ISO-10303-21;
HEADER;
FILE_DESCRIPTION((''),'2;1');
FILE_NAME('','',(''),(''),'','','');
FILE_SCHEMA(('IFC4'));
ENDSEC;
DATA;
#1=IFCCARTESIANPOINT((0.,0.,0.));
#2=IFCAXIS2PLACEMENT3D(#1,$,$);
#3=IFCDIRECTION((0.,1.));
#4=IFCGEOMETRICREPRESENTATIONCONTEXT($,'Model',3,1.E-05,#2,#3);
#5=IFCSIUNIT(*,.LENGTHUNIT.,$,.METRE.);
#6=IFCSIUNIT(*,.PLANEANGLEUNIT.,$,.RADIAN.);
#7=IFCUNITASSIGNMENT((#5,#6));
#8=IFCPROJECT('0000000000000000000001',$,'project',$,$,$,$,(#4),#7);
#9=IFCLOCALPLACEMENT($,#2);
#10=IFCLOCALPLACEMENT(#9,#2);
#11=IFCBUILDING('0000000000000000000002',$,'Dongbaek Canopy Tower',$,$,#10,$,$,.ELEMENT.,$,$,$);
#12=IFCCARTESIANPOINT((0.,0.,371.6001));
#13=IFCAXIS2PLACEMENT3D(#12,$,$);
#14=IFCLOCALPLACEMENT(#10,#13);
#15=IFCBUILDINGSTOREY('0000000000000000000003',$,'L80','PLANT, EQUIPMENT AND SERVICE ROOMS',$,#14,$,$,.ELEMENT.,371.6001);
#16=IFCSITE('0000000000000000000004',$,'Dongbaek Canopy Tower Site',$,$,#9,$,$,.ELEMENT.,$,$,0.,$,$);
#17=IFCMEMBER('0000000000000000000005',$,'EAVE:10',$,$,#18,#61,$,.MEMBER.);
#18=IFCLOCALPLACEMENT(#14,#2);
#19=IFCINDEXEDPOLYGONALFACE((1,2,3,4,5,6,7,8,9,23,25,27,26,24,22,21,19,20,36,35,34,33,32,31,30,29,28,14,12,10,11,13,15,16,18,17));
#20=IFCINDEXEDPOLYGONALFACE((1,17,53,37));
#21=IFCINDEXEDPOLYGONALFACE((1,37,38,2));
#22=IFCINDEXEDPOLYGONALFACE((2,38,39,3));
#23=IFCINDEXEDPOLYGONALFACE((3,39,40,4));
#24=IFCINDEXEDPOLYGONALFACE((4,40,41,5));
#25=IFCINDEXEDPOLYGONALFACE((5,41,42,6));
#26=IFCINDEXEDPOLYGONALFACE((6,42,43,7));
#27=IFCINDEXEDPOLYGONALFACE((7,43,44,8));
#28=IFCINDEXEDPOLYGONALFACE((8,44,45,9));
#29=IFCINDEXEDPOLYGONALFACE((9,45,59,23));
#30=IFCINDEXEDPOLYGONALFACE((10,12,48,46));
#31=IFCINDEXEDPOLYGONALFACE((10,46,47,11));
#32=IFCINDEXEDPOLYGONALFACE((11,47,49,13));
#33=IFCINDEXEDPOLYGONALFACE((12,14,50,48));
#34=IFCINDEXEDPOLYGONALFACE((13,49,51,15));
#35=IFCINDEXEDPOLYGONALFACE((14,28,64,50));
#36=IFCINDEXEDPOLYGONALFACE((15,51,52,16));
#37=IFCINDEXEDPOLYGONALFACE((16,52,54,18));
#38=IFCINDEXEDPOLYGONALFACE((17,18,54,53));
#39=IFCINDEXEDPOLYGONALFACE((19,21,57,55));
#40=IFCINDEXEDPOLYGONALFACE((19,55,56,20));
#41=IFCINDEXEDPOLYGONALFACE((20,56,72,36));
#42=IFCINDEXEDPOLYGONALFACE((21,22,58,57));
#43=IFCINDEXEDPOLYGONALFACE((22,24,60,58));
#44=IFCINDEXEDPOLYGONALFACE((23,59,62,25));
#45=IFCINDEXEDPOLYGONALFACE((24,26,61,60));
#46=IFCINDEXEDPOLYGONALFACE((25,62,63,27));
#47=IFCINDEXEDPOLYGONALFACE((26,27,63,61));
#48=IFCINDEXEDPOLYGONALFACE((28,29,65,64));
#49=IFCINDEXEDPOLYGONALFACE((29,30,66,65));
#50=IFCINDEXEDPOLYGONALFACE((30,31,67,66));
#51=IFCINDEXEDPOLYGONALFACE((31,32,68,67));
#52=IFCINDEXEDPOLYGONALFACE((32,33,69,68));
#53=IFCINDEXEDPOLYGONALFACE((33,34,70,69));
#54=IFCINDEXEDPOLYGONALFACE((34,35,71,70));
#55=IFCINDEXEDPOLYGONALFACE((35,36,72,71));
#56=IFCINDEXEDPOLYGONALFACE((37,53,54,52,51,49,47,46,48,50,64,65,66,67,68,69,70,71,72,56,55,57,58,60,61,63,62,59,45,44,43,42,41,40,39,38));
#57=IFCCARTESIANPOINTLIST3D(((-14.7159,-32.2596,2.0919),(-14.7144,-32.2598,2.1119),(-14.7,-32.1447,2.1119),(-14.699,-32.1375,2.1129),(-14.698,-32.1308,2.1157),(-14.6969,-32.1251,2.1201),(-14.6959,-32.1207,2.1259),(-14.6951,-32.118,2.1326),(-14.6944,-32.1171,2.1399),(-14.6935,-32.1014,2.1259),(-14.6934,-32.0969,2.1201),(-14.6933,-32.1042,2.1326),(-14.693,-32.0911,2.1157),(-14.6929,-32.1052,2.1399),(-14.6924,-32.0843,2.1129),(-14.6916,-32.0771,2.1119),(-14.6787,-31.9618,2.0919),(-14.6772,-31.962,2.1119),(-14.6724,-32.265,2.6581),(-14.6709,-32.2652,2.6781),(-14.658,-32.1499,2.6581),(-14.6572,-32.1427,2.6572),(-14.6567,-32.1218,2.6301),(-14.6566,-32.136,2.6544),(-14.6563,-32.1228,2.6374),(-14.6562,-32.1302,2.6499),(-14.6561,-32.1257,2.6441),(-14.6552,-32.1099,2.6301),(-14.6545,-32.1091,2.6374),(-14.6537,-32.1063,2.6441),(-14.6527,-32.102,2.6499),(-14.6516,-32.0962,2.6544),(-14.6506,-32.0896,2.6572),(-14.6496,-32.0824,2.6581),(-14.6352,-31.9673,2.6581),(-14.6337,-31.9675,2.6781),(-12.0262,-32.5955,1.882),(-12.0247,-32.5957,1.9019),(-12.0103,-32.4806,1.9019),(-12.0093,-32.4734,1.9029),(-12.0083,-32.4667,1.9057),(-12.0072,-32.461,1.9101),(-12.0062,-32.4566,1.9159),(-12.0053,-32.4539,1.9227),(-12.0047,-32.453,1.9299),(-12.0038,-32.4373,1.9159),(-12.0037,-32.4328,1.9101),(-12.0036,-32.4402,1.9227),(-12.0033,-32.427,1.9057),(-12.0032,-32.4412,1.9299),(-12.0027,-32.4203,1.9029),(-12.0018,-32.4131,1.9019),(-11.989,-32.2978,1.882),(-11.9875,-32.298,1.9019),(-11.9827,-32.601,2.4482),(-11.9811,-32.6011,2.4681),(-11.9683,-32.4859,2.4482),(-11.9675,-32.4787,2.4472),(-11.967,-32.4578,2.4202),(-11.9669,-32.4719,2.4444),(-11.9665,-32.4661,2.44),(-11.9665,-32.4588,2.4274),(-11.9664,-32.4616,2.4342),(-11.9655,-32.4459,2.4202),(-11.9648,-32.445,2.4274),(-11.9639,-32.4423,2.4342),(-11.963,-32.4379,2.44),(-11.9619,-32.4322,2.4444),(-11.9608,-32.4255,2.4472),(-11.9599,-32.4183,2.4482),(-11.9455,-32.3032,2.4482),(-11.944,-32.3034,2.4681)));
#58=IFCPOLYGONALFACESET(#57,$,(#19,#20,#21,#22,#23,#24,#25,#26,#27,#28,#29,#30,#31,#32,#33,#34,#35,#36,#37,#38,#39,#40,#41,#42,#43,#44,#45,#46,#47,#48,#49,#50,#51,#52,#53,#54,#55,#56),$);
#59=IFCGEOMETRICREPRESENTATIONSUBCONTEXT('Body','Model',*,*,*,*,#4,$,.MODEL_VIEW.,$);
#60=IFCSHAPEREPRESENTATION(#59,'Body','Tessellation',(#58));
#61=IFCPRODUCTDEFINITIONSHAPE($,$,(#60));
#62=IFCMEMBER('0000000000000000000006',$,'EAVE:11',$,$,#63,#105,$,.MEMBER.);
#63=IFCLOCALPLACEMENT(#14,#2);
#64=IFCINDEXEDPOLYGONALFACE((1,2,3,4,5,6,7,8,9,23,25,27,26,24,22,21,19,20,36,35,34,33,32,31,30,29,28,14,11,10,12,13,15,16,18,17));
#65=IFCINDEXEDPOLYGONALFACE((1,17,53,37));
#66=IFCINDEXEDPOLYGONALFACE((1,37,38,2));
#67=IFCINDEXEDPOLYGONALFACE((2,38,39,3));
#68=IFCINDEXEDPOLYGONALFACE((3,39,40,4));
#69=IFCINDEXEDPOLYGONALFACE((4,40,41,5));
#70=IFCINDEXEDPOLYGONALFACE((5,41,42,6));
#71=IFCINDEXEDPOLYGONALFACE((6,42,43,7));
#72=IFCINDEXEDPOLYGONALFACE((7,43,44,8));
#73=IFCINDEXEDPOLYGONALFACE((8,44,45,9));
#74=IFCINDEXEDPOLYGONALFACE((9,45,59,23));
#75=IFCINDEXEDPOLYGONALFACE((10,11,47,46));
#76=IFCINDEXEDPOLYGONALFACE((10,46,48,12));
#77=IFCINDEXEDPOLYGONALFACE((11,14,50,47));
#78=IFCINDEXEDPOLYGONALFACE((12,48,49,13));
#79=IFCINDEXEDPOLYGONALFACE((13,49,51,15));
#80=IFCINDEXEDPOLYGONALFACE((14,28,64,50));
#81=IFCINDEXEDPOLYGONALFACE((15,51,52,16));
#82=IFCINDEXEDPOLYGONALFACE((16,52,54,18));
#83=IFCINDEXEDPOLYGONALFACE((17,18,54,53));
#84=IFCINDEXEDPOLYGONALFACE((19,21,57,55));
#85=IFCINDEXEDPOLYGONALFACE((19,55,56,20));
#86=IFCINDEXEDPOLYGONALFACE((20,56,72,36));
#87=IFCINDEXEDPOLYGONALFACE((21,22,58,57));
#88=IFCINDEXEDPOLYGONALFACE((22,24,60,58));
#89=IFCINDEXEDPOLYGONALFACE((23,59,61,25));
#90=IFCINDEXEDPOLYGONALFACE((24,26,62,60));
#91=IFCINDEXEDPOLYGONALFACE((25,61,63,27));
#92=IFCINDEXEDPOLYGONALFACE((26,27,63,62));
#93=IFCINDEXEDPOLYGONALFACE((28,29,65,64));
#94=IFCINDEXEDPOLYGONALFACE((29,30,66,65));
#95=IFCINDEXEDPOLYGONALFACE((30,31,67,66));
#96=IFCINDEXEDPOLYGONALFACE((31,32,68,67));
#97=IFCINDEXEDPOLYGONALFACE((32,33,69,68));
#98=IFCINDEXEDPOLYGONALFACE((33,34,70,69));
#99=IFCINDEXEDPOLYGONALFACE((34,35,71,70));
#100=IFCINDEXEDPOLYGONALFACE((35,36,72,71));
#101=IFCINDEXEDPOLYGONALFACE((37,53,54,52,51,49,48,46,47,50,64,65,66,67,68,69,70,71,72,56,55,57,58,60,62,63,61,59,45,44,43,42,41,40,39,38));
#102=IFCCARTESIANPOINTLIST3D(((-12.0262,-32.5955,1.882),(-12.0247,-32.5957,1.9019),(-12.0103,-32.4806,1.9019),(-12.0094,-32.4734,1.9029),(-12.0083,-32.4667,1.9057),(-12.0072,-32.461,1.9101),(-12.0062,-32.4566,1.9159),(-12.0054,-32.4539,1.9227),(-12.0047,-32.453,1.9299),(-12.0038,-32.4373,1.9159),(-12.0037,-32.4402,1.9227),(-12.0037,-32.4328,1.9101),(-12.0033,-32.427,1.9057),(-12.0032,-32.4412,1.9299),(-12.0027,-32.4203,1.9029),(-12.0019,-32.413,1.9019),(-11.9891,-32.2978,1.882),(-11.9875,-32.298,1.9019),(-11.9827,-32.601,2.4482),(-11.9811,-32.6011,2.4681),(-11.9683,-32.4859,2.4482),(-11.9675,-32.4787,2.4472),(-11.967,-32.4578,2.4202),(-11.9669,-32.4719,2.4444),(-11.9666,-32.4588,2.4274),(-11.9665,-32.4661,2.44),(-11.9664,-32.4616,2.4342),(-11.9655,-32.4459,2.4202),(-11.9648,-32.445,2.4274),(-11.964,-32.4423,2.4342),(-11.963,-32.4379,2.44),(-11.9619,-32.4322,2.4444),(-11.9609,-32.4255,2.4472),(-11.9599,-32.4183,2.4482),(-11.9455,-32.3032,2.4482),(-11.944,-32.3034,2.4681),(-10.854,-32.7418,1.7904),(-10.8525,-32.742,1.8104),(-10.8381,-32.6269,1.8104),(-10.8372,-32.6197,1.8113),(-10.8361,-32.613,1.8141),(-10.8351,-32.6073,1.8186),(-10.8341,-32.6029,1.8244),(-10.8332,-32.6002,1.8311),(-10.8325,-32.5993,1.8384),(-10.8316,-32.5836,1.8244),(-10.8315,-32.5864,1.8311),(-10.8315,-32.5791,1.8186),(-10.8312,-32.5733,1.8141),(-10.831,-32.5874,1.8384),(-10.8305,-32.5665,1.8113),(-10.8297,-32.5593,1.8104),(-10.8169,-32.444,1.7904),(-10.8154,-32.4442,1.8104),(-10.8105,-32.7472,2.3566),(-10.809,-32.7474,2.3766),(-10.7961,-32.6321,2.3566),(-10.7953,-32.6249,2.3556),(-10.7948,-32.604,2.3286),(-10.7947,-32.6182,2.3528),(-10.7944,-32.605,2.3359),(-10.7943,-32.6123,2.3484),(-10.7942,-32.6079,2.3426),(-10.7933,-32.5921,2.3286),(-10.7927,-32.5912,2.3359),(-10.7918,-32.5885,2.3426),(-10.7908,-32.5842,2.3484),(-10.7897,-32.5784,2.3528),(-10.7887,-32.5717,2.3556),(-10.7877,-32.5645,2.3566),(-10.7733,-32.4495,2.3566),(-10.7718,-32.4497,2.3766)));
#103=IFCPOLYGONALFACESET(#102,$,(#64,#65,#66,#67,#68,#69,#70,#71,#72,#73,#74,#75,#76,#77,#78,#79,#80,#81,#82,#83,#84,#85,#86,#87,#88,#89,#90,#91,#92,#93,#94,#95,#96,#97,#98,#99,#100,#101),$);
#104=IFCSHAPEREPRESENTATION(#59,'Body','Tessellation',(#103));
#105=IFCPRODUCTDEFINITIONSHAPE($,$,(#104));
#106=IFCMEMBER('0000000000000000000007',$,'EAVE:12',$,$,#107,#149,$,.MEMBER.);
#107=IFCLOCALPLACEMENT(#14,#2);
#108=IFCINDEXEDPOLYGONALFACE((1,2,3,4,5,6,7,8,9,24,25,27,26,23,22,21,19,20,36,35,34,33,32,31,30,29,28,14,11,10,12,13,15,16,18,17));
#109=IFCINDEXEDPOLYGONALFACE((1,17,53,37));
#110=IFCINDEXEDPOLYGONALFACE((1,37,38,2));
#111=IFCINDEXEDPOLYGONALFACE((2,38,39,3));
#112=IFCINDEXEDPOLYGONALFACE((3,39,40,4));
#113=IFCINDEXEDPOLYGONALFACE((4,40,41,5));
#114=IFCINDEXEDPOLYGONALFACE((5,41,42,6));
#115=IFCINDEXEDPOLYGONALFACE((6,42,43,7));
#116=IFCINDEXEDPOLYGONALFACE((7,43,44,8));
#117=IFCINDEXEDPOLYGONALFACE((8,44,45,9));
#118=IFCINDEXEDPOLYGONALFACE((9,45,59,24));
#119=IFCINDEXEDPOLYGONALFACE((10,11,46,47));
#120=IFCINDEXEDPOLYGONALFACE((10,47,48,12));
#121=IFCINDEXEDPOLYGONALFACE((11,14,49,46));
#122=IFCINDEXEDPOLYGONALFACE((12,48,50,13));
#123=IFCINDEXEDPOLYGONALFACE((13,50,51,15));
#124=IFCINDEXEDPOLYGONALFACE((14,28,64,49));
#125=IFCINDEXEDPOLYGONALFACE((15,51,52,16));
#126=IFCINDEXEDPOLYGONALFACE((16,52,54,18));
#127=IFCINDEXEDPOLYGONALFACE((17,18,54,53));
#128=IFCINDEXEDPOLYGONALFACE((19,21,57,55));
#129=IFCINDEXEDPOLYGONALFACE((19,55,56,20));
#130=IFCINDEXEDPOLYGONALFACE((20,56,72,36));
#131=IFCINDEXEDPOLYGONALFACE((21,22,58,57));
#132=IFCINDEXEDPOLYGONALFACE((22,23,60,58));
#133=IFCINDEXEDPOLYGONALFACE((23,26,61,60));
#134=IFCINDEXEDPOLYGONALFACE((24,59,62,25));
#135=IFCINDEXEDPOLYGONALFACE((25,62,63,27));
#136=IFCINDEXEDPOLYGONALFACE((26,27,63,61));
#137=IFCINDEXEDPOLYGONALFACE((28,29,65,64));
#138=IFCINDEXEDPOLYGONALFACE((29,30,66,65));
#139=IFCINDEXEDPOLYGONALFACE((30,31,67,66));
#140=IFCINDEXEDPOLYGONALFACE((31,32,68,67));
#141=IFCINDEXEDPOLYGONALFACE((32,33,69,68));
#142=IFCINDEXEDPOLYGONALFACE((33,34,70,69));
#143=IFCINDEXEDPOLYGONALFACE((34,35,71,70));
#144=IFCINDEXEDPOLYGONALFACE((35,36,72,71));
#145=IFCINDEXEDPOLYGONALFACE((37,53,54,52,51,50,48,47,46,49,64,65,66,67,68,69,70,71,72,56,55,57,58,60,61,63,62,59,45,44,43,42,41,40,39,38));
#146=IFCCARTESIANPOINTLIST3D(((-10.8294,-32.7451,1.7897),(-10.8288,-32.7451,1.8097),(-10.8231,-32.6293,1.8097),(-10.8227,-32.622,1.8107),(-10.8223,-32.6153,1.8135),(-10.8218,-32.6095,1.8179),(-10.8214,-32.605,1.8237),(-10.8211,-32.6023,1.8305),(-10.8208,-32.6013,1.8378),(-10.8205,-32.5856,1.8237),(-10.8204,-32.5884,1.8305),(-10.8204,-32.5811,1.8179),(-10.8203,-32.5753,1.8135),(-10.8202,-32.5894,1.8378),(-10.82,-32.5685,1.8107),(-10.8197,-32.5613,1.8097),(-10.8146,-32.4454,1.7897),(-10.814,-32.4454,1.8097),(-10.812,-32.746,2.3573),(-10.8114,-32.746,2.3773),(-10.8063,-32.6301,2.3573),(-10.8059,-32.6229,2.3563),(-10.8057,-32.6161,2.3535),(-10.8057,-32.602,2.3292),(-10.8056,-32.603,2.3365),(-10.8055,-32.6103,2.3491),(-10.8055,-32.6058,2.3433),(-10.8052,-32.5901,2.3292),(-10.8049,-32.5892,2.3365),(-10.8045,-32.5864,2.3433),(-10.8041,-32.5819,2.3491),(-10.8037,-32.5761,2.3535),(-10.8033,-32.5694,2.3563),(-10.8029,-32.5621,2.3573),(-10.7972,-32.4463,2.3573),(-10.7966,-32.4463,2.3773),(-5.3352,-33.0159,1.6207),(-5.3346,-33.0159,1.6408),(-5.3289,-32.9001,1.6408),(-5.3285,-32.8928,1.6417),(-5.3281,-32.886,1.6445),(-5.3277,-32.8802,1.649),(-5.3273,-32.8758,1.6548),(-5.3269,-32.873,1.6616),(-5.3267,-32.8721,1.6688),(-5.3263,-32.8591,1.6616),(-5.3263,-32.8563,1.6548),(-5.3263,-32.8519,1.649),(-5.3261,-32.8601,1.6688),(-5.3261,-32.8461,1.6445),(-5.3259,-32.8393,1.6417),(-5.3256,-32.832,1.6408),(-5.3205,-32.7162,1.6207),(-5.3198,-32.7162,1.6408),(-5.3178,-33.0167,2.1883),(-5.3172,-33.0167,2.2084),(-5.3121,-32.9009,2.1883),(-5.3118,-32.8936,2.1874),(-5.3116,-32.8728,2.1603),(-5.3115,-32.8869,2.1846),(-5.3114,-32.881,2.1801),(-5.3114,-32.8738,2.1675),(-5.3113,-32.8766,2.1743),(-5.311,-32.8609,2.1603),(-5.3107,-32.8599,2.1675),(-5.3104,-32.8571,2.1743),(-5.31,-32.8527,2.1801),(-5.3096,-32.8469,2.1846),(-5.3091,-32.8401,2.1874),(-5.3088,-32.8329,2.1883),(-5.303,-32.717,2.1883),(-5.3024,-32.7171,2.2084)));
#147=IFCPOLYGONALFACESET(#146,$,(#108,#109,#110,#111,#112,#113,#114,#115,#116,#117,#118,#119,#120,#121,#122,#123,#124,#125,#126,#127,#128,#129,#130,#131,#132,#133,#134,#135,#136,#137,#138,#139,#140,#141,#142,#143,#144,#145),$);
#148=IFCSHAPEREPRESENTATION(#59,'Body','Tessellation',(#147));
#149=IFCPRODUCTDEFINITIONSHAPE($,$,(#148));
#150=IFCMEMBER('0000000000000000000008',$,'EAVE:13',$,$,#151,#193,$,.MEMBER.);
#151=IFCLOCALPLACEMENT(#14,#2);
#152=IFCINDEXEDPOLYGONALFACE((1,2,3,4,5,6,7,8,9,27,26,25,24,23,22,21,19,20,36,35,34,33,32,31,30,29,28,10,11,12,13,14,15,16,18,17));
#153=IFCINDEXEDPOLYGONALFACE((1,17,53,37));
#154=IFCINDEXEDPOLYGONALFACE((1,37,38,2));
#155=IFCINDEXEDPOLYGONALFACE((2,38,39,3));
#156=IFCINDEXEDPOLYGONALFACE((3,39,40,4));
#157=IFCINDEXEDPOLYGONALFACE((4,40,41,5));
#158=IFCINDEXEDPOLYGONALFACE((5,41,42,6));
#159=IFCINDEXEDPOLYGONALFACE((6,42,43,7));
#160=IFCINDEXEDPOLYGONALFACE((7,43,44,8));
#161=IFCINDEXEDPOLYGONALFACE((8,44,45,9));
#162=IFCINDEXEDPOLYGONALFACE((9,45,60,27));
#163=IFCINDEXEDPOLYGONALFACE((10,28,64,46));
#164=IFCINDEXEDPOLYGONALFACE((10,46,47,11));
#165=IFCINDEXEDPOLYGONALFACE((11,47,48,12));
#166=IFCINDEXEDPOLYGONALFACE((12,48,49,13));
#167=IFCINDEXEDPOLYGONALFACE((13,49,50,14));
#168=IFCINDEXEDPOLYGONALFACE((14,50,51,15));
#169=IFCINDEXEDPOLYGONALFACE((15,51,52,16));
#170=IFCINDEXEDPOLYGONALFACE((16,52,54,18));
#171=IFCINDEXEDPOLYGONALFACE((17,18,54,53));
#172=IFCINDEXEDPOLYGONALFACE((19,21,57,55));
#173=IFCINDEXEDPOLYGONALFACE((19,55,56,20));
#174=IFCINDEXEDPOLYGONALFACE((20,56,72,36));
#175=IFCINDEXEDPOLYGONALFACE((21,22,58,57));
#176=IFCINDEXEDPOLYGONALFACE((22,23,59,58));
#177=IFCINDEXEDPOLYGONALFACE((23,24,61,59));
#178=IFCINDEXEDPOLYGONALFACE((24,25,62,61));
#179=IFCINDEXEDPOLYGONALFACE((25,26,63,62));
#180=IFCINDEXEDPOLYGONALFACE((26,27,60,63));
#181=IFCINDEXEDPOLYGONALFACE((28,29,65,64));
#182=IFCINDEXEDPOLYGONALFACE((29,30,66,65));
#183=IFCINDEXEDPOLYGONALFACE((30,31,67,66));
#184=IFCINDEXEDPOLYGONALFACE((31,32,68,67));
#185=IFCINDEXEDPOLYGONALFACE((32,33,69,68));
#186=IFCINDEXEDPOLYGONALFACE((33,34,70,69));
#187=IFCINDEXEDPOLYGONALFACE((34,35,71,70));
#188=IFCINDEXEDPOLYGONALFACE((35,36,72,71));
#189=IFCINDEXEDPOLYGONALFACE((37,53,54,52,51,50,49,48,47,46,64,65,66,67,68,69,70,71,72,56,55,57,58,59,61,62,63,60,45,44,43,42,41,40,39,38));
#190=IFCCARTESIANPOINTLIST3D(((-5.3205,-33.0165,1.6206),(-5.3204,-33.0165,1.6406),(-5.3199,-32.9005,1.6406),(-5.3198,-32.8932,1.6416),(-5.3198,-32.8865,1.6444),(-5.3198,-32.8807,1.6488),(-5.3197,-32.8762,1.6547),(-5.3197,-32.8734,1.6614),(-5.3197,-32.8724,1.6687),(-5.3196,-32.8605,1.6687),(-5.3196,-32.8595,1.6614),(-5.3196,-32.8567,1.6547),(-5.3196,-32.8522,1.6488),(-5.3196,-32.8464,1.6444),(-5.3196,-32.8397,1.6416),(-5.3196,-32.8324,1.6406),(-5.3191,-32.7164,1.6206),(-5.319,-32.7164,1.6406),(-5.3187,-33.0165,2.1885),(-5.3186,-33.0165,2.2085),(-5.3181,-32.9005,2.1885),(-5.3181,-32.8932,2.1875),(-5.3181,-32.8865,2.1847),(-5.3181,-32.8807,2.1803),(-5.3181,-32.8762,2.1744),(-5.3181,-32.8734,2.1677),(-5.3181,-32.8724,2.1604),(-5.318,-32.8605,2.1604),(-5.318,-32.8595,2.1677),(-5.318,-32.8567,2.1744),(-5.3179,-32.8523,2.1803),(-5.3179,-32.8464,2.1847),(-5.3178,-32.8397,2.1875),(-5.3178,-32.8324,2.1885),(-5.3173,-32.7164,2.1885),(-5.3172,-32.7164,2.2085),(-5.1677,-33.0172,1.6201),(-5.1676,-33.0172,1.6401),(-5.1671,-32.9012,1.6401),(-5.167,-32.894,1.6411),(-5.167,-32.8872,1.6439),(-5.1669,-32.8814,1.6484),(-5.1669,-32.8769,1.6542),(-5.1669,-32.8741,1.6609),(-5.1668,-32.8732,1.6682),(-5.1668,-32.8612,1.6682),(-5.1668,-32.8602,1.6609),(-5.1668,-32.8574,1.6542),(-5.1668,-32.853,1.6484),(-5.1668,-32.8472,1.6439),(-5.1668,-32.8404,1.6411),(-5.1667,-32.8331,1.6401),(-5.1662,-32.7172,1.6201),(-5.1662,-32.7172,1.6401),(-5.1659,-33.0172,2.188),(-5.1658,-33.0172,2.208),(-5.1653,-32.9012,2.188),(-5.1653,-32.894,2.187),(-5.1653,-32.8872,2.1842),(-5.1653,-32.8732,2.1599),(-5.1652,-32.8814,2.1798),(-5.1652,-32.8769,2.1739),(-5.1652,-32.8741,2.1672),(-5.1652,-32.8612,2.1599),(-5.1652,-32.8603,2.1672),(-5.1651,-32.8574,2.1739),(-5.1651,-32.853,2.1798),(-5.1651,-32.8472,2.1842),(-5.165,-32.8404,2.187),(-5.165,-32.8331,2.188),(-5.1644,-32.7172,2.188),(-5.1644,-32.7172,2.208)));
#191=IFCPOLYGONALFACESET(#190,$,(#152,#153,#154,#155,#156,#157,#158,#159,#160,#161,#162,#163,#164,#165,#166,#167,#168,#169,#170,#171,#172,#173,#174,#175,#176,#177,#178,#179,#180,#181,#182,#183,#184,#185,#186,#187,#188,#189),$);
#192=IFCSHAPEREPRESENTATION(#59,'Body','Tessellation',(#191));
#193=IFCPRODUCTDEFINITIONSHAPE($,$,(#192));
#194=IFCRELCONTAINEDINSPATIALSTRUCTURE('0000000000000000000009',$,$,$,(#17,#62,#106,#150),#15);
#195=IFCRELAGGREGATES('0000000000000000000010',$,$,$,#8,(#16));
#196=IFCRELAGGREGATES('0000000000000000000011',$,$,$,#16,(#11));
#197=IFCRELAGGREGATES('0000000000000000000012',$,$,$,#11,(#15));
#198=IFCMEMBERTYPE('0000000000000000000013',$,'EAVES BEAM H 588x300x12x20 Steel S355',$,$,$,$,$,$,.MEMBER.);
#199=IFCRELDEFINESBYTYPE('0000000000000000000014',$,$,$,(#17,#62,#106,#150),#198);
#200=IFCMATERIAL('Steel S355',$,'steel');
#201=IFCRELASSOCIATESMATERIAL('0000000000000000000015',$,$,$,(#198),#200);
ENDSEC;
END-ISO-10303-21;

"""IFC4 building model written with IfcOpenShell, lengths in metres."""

from ifc_helpers import new_model, si_unit, direction, frame, origin, origin_2d, place, context, subcontext, project, spatial, i_section, extrude, material, material_profile, profile_set, type_object, element, save


model = new_model("IFC4")

# Units and contexts
model_context = context("Model", 3, precision=1e-05, world=origin(), true_north=direction((0.0, 1.0)))
body_context = subcontext(model_context, "Body", "Model", "MODEL_VIEW")
ifc_project = project(units=[si_unit("LENGTHUNIT", "METRE"), si_unit("PLANEANGLEUNIT", "RADIAN")], contexts=[model_context])

# Site, building, storey
site_placement = place(None, origin())
site = spatial("IfcSite", under=ifc_project, at=site_placement, Name="Dongbaek Canopy Tower Site", CompositionType="ELEMENT", RefElevation=0.0)
building_placement = place(site_placement, origin())
building = spatial("IfcBuilding", under=site, at=building_placement, Name="Dongbaek Canopy Tower", CompositionType="ELEMENT")
storey_placement = place(building_placement, frame((0.0, 0.0, 371.6001)))
storey = spatial("IfcBuildingStorey", under=building, at=storey_placement, Name="L80", Description="PLANT, EQUIPMENT AND SERVICE ROOMS", CompositionType="ELEMENT", Elevation=371.6001)

# Members
ifc_material_1 = material(Name="Steel S355", Category="steel")
ifc_material_profile_1 = material_profile(ifc_material_1, i_section(OverallWidth=0.3, OverallDepth=0.5879, WebThickness=0.012, FlangeThickness=0.02, FilletRadius=0.0281, at=origin_2d()), Name="EAVES BEAM H 588x300x12x20 Steel S355")
ifc_profile_set_1 = profile_set([ifc_material_profile_1], Name="Steel S355")
member_type_1 = type_object("IfcMemberType", Name="EAVES BEAM H 588x300x12x20 Steel S355", PredefinedType="MEMBER", material=ifc_profile_set_1)
member_1_placement = place(storey_placement, frame((-14.6748, -32.1135, 2.385), z_axis=(0.989327, -0.123565, -0.077228), x_axis=(0.123935, 0.99229, 0.0)))
element("IfcMember", 1, at=member_1_placement, inside=storey, type_object=member_type_1, Name="EAVE:10", PredefinedType="MEMBER", context=body_context, shape_type="SweptSolid", body=[
    extrude(i_section(OverallWidth=0.3, OverallDepth=0.5879, WebThickness=0.012, FlangeThickness=0.02, FilletRadius=0.0281, at=origin_2d()), origin(), (0.0, 0.0, 1.0), 2.7188),
])
member_2_placement = place(storey_placement, frame((-11.9851, -32.4495, 2.175), z_axis=(0.989339, -0.123436, -0.077276), x_axis=(0.123806, 0.992306, 0.0)))
element("IfcMember", 2, at=member_2_placement, inside=storey, type_object=member_type_1, Name="EAVE:11", PredefinedType="MEMBER", context=body_context, shape_type="SweptSolid", body=[
    extrude(i_section(OverallWidth=0.3, OverallDepth=0.5879, WebThickness=0.012, FlangeThickness=0.02, FilletRadius=0.0281, at=origin_2d()), origin(), (0.0, 0.0, 1.0), 1.1848),
])
member_3_placement = place(storey_placement, frame((-10.813, -32.5957, 2.0835), z_axis=(0.998317, -0.049197, -0.030698), x_axis=(0.04922, 0.998788, 0.0)))
element("IfcMember", 3, at=member_3_placement, inside=storey, type_object=member_type_1, Name="EAVE:12", PredefinedType="MEMBER", context=body_context, shape_type="SweptSolid", body=[
    extrude(i_section(OverallWidth=0.3, OverallDepth=0.5879, WebThickness=0.012, FlangeThickness=0.02, FilletRadius=0.0281, at=origin_2d()), origin(), (0.0, 0.0, 1.0), 5.5034),
])
member_4_placement = place(storey_placement, frame((-5.3188, -32.8665, 1.9146), z_axis=(0.999983, -0.004792, -0.003195), x_axis=(0.004792, 0.999989, 0.0)))
element("IfcMember", 4, at=member_4_placement, inside=storey, type_object=member_type_1, Name="EAVE:13", PredefinedType="MEMBER", context=body_context, shape_type="SweptSolid", body=[
    extrude(i_section(OverallWidth=0.3, OverallDepth=0.5879, WebThickness=0.012, FlangeThickness=0.02, FilletRadius=0.0281, at=origin_2d()), origin(), (0.0, 0.0, 1.0), 0.1528),
])

save(model, "model.ifc")
